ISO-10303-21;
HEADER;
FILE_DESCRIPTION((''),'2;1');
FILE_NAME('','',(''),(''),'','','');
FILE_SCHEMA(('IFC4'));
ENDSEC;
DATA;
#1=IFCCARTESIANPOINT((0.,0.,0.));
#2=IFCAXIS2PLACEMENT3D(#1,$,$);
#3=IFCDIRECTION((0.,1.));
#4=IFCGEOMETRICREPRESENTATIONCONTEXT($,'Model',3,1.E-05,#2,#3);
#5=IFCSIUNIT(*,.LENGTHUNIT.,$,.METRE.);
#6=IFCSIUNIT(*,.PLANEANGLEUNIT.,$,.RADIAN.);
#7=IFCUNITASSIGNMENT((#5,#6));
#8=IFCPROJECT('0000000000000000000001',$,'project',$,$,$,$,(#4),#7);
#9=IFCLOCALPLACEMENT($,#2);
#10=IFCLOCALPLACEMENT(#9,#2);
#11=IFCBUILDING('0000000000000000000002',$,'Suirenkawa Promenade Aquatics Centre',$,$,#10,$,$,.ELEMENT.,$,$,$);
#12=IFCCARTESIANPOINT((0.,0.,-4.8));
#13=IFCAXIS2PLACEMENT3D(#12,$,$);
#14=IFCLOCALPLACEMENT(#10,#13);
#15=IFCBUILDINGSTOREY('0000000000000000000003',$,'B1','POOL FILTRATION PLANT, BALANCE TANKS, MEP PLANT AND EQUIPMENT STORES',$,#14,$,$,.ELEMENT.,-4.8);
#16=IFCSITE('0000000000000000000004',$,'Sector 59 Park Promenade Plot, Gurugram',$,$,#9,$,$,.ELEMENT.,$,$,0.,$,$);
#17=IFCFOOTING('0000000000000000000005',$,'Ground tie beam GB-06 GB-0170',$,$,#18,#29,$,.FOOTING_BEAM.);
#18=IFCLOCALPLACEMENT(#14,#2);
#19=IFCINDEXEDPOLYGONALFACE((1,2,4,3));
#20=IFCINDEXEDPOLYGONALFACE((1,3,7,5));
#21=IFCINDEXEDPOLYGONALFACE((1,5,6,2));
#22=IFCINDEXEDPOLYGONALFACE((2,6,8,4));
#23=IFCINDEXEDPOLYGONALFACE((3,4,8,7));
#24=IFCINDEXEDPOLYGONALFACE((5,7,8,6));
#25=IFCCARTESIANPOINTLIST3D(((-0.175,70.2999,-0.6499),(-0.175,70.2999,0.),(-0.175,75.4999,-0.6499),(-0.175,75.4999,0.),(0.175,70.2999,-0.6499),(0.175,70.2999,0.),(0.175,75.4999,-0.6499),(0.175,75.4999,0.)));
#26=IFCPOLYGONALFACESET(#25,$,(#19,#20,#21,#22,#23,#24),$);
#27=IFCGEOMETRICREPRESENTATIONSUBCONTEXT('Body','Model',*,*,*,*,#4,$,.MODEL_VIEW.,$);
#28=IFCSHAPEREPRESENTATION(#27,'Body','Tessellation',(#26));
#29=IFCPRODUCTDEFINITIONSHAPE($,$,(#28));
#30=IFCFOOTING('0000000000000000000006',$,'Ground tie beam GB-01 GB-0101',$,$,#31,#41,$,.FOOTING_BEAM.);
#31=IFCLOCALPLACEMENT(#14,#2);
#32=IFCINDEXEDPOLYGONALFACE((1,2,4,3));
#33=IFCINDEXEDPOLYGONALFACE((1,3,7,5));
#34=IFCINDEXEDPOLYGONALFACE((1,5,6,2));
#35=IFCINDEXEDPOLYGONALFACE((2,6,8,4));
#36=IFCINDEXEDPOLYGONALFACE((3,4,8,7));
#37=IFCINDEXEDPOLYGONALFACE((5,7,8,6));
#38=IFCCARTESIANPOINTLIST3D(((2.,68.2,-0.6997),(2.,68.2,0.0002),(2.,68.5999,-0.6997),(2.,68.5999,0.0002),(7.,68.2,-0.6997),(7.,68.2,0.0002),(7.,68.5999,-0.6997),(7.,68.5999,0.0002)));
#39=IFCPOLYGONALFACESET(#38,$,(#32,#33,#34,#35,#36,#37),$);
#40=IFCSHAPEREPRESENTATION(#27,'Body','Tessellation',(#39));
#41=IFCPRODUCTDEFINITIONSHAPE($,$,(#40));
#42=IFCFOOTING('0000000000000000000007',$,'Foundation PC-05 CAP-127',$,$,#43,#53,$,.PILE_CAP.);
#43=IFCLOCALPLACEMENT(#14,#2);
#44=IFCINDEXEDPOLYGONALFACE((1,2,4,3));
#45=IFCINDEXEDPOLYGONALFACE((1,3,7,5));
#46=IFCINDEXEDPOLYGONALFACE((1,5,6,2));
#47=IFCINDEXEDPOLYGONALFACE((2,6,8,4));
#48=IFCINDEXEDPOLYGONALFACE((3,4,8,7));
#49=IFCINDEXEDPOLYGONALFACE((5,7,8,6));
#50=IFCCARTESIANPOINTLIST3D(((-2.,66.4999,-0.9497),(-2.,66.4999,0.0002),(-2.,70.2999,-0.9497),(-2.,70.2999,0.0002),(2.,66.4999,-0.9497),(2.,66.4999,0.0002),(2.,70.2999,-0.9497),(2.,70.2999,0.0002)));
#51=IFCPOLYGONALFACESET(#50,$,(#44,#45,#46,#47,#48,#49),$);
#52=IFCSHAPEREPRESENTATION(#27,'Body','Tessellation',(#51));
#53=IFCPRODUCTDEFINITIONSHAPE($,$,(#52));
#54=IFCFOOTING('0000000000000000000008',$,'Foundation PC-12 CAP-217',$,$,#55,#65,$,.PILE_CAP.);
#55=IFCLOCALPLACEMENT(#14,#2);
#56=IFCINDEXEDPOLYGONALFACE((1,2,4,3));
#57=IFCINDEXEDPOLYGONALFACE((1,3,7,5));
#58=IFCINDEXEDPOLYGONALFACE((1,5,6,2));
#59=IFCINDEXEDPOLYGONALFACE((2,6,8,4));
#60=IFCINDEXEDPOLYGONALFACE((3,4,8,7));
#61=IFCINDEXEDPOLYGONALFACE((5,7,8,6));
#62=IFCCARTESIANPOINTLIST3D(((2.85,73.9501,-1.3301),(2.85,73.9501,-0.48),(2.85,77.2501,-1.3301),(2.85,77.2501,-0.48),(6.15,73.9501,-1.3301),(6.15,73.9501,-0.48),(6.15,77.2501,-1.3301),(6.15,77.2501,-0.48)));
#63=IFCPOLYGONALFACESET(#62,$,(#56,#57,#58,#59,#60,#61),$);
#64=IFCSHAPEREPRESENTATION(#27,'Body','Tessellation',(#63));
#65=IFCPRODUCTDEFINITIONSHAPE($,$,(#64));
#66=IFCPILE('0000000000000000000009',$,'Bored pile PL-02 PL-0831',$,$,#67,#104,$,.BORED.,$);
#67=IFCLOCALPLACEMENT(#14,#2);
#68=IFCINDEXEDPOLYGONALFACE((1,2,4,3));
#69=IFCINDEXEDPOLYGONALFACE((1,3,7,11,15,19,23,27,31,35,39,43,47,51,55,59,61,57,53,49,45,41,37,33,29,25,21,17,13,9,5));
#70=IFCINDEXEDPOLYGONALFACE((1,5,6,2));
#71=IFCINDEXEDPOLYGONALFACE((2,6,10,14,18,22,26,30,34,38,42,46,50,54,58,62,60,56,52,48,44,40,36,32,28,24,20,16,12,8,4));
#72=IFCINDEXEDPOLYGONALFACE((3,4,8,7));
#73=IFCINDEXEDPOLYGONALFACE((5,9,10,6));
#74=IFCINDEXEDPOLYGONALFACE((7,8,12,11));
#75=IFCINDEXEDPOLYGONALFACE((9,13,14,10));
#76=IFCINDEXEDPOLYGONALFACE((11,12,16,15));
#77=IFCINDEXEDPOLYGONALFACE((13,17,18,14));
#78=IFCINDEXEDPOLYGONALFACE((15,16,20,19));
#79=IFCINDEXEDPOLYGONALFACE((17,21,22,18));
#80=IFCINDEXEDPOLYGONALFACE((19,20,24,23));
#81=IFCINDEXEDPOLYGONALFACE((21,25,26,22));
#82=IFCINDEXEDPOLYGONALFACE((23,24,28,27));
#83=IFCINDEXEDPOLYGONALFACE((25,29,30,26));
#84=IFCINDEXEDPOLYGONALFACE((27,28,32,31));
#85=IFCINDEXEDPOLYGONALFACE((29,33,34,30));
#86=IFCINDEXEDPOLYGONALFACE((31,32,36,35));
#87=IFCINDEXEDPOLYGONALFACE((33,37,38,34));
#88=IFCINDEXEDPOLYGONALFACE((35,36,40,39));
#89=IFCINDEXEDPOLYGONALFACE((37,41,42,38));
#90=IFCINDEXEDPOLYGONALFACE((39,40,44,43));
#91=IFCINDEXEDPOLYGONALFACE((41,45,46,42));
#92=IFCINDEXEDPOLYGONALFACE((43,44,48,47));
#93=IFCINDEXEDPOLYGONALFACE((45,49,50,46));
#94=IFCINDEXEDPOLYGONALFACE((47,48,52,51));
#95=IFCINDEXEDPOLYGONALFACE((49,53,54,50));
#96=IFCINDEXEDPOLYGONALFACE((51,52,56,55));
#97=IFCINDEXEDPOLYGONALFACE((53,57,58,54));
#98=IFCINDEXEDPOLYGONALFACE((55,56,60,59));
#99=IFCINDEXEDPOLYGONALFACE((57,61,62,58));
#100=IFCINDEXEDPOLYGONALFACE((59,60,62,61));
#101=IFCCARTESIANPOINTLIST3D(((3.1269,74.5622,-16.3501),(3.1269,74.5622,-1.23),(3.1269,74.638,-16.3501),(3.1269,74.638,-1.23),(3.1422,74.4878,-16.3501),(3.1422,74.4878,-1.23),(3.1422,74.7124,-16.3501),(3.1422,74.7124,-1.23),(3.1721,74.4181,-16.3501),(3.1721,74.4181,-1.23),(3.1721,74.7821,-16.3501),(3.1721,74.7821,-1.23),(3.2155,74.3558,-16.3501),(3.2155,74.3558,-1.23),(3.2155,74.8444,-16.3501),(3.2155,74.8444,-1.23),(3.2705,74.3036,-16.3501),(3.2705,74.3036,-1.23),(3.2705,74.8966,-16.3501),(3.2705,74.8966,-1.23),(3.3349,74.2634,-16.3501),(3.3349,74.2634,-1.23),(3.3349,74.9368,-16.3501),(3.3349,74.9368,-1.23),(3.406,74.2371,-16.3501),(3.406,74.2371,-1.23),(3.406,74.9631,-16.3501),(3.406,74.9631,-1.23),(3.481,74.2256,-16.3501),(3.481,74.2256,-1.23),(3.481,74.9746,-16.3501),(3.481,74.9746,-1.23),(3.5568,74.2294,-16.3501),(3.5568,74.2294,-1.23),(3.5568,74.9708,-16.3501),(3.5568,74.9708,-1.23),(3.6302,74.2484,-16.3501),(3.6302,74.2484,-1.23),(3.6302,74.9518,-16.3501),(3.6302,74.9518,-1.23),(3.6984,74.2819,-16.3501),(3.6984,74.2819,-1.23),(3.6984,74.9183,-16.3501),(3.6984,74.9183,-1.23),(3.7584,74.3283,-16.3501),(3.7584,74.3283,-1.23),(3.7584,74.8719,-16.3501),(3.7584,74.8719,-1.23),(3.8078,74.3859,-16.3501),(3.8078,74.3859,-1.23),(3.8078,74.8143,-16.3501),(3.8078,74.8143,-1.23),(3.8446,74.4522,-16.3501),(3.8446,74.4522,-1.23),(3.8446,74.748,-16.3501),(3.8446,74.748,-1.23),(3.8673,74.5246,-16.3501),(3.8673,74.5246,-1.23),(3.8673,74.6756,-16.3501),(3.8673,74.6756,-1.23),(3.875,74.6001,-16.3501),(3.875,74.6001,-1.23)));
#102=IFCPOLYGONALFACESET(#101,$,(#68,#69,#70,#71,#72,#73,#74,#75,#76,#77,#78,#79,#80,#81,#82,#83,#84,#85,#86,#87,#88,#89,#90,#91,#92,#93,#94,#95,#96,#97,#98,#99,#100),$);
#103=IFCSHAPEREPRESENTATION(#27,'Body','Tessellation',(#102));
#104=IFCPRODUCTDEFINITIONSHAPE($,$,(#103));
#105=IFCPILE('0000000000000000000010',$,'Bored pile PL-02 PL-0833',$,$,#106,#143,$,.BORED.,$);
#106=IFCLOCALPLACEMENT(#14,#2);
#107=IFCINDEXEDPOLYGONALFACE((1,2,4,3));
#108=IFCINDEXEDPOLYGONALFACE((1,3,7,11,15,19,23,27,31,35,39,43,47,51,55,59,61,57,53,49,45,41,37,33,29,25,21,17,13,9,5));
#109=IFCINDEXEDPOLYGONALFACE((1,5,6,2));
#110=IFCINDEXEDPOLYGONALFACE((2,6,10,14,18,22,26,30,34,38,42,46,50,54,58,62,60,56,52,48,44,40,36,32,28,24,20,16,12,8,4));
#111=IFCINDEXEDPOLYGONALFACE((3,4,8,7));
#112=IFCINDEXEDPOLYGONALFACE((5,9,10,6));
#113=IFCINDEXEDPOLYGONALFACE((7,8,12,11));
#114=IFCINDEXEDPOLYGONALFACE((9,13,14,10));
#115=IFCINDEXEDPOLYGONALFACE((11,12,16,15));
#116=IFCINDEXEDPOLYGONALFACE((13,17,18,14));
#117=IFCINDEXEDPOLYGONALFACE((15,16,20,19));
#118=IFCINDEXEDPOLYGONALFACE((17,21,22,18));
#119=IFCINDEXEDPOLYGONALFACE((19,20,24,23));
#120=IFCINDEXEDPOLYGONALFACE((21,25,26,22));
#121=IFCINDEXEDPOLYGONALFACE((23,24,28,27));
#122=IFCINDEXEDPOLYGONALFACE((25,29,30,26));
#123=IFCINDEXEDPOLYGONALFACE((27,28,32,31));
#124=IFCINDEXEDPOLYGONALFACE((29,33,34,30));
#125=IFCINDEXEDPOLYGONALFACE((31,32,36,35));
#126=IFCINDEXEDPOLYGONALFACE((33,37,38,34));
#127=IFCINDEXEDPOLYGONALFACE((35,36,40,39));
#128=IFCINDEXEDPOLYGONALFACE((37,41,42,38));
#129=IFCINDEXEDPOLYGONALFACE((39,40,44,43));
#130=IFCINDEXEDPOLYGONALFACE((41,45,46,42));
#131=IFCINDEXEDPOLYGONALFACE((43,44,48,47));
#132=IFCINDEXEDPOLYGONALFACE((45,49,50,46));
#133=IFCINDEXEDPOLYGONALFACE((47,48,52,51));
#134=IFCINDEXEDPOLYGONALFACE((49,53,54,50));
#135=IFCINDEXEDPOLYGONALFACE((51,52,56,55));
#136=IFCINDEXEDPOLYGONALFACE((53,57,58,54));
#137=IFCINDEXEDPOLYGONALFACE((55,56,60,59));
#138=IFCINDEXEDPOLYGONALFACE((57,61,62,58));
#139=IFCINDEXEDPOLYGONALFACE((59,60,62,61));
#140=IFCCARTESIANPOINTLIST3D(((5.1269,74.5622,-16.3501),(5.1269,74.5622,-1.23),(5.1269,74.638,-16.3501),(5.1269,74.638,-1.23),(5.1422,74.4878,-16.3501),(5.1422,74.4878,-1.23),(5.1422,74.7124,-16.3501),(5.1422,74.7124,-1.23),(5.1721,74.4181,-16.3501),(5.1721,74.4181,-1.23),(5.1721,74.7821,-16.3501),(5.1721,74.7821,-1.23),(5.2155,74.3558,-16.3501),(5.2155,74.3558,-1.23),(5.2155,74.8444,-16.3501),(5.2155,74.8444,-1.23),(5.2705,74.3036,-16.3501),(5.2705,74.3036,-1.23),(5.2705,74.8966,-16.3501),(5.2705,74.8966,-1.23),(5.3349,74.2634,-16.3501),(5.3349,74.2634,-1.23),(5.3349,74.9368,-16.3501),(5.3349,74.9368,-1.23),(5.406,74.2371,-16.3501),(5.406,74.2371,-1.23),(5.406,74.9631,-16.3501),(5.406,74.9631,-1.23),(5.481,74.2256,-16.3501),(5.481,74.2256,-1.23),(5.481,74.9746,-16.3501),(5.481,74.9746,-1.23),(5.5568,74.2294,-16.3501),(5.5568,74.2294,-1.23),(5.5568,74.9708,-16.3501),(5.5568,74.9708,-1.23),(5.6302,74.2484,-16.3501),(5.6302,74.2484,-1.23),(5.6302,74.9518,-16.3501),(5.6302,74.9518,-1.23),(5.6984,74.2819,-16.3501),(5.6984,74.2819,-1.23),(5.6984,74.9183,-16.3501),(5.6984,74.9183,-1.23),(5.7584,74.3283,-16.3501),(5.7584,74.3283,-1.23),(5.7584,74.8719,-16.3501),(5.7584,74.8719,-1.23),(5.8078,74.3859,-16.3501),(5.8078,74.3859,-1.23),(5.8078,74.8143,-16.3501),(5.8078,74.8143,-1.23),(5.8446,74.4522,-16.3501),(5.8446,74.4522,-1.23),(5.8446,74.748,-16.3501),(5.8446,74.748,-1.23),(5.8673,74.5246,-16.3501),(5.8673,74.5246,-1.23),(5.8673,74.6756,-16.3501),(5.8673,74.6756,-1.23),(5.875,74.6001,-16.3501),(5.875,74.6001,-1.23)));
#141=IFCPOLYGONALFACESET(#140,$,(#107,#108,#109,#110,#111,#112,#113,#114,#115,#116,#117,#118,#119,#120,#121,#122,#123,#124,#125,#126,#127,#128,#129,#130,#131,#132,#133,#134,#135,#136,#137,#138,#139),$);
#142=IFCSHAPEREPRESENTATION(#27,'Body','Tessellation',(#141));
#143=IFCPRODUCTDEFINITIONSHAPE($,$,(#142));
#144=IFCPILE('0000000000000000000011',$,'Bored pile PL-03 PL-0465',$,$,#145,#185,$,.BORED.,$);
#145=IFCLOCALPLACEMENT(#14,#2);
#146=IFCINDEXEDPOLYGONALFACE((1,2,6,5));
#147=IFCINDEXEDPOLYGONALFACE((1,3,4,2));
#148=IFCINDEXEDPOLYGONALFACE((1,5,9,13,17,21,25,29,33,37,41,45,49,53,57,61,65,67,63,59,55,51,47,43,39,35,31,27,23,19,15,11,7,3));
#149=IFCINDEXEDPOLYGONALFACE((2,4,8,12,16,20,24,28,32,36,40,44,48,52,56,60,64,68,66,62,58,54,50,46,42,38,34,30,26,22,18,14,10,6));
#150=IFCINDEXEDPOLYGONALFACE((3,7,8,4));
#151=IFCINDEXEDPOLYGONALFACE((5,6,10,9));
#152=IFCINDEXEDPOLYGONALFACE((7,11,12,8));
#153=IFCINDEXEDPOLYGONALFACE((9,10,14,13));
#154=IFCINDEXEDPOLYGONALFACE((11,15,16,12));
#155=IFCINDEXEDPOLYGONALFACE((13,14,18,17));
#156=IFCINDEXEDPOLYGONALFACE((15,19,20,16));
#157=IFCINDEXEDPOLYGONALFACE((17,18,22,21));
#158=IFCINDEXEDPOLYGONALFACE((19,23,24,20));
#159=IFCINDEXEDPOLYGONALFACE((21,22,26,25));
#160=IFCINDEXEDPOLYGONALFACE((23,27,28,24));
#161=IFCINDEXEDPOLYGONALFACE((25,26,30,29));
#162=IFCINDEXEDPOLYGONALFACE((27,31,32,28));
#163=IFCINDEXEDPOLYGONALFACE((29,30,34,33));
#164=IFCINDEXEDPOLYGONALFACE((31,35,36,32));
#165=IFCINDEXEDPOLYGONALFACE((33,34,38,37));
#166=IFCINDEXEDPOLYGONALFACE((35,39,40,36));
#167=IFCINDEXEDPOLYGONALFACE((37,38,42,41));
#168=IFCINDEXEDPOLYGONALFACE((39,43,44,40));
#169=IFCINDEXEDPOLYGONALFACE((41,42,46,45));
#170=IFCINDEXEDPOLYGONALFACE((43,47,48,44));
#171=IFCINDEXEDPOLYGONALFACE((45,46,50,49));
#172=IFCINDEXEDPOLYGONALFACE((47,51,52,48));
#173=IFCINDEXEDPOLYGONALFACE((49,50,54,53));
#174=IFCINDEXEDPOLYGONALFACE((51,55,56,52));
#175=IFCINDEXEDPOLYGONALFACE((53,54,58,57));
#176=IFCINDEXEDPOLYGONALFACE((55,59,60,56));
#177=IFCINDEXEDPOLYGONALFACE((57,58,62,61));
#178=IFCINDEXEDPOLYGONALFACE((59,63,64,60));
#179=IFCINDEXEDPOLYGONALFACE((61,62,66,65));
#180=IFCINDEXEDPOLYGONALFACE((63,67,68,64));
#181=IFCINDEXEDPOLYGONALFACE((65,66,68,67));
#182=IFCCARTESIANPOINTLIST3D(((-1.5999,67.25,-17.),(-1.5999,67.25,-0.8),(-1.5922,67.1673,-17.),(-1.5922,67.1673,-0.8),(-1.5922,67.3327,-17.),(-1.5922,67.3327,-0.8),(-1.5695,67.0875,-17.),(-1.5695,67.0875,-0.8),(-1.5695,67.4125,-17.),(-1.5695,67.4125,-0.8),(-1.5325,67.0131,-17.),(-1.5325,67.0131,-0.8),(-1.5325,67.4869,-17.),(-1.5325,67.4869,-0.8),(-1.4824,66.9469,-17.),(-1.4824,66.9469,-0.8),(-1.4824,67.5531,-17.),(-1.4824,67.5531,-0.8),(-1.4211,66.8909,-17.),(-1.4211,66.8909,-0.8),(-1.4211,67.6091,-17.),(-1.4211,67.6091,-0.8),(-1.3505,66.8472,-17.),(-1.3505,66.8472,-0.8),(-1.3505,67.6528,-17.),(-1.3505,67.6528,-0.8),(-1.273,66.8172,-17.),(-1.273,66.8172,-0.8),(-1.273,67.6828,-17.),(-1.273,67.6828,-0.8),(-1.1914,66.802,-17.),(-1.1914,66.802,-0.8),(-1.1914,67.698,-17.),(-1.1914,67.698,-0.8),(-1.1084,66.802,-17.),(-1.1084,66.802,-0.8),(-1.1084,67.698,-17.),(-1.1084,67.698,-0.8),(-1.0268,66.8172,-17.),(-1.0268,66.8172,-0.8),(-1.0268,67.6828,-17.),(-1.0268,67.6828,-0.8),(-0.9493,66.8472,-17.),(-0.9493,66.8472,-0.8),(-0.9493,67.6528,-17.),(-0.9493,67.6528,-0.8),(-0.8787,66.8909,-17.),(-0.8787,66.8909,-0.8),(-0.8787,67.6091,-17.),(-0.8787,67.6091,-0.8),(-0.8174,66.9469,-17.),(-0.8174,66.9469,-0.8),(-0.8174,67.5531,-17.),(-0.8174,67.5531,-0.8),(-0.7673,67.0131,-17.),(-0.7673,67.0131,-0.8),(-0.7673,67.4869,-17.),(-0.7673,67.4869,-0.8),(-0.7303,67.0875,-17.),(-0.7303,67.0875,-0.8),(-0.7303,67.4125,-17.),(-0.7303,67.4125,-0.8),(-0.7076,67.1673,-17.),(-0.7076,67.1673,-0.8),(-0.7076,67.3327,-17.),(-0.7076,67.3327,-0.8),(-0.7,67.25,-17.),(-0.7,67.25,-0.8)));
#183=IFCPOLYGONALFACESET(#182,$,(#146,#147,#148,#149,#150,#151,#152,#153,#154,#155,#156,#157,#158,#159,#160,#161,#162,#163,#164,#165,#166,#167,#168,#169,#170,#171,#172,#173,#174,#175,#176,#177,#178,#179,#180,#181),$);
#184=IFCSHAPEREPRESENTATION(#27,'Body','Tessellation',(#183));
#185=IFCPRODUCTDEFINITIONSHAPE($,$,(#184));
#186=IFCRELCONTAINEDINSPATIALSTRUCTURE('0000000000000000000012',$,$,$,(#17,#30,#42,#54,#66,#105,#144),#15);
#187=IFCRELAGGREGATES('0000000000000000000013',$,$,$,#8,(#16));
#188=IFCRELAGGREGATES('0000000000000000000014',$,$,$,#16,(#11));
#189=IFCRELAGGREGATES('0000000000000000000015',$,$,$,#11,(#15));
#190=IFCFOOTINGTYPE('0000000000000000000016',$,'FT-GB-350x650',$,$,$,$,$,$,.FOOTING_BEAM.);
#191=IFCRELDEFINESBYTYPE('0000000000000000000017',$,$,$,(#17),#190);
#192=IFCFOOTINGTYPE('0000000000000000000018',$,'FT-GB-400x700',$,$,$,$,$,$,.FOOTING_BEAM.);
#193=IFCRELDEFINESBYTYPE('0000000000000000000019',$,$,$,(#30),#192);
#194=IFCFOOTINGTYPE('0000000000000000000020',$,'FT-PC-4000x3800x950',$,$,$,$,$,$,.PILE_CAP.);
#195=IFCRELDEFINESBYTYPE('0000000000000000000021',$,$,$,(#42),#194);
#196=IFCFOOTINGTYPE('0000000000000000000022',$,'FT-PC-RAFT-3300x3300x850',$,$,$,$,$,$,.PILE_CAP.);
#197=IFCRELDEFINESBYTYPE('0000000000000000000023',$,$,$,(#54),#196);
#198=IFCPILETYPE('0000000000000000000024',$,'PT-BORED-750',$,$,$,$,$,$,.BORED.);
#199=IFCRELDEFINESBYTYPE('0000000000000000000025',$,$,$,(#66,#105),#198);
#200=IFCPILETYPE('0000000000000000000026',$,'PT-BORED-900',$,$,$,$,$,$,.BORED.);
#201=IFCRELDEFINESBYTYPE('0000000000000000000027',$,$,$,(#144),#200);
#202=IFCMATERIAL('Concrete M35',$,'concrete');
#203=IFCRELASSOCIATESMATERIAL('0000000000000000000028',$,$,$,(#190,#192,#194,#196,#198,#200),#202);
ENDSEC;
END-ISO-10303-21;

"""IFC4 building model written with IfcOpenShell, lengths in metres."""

from ifc_helpers import new_model, si_unit, direction, frame, origin, origin_2d, place, context, subcontext, project, spatial, rectangle, circle, extrude, material, material_profile, profile_set, type_object, element, save


model = new_model("IFC4")

# Units and contexts
model_context = context("Model", 3, precision=1e-05, world=origin(), true_north=direction((0.0, 1.0)))
body_context = subcontext(model_context, "Body", "Model", "MODEL_VIEW")
ifc_project = project(units=[si_unit("LENGTHUNIT", "METRE"), si_unit("PLANEANGLEUNIT", "RADIAN")], contexts=[model_context])

# Site, building, storey
site_placement = place(None, origin())
site = spatial("IfcSite", under=ifc_project, at=site_placement, Name="Sector 59 Park Promenade Plot, Gurugram", CompositionType="ELEMENT", RefElevation=0.0)
building_placement = place(site_placement, origin())
building = spatial("IfcBuilding", under=site, at=building_placement, Name="Suirenkawa Promenade Aquatics Centre", CompositionType="ELEMENT")
storey_placement = place(building_placement, frame((0.0, 0.0, -4.8)))
storey = spatial("IfcBuildingStorey", under=building, at=storey_placement, Name="B1", Description="POOL FILTRATION PLANT, BALANCE TANKS, MEP PLANT AND EQUIPMENT STORES", CompositionType="ELEMENT", Elevation=-4.8)

# Footings
ifc_material_1 = material(Name="Concrete M35", Category="concrete")
footing_type_1 = type_object("IfcFootingType", Name="FT-GB-350x650", PredefinedType="FOOTING_BEAM", material=ifc_material_1)
footing_1_placement = place(storey_placement, frame((0.0, 72.8999, -0.6499), z_axis=(0.0, 0.0, 1.0), x_axis=(0.0, 1.0, 0.0)))
element("IfcFooting", 1, at=footing_1_placement, inside=storey, type_object=footing_type_1, Name="Ground tie beam GB-06 GB-0170", PredefinedType="FOOTING_BEAM", context=body_context, shape_type="SweptSolid", body=[
    extrude(rectangle(XDim=5.2, YDim=0.3501, at=origin_2d()), origin(), (0.0, 0.0, 1.0), 0.6499),
])
footing_type_2 = type_object("IfcFootingType", Name="FT-GB-400x700", PredefinedType="FOOTING_BEAM", material=ifc_material_1)
footing_2_placement = place(storey_placement, frame((4.5, 68.3999, -0.6997), z_axis=(0.0, 0.0, 1.0), x_axis=(1.0, 0.0, 0.0)))
element("IfcFooting", 2, at=footing_2_placement, inside=storey, type_object=footing_type_2, Name="Ground tie beam GB-01 GB-0101", PredefinedType="FOOTING_BEAM", context=body_context, shape_type="SweptSolid", body=[
    extrude(rectangle(XDim=5.0, YDim=0.3999, at=origin_2d()), origin(), (0.0, 0.0, 1.0), 0.7),
])
footing_type_3 = type_object("IfcFootingType", Name="FT-PC-4000x3800x950", PredefinedType="PILE_CAP", material=ifc_material_1)
footing_3_placement = place(storey_placement, frame((0.0, 68.3999, -0.9497), z_axis=(0.0, 0.0, 1.0), x_axis=(1.0, 0.0, 0.0)))
element("IfcFooting", 3, at=footing_3_placement, inside=storey, type_object=footing_type_3, Name="Foundation PC-05 CAP-127", PredefinedType="PILE_CAP", context=body_context, shape_type="SweptSolid", body=[
    extrude(rectangle(XDim=4.0, YDim=3.8, at=origin_2d()), origin(), (0.0, 0.0, 1.0), 0.95),
])
footing_type_4 = type_object("IfcFootingType", Name="FT-PC-RAFT-3300x3300x850", PredefinedType="PILE_CAP", material=ifc_material_1)
footing_4_placement = place(storey_placement, frame((4.5, 75.6001, -1.3301), z_axis=(0.0, 0.0, 1.0), x_axis=(1.0, 0.0, 0.0)))
element("IfcFooting", 4, at=footing_4_placement, inside=storey, type_object=footing_type_4, Name="Foundation PC-12 CAP-217", PredefinedType="PILE_CAP", context=body_context, shape_type="SweptSolid", body=[
    extrude(rectangle(XDim=3.3, YDim=3.3, at=origin_2d()), origin(), (0.0, 0.0, 1.0), 0.8501),
])

# Piles
ifc_material_profile_1 = material_profile(ifc_material_1, circle(Radius=0.375, at=origin_2d()), Name="PILE D750", Category="concrete")
ifc_profile_set_1 = profile_set([ifc_material_profile_1], Name="Concrete M35")
pile_type_1 = type_object("IfcPileType", Name="PT-BORED-750", PredefinedType="BORED", material=ifc_profile_set_1)
for number, where, z_axis, x_axis, name in (
    (5, (3.5, 74.6001, -1.23), (0.0, 0.0, -1.0), (1.0, 0.0, 0.0), "Bored pile PL-02 PL-0831"),
    (6, (5.5, 74.6001, -1.23), (0.0, 0.0, -1.0), (1.0, 0.0, 0.0), "Bored pile PL-02 PL-0833"),
):
    element("IfcPile", number, at=place(storey_placement, frame(where, z_axis=z_axis, x_axis=x_axis)), inside=storey, type_object=pile_type_1, Name=name, PredefinedType="BORED", context=body_context, shape_type="SweptSolid", body=[
        extrude(circle(Radius=0.375, at=origin_2d()), origin(), (0.0, 0.0, 1.0), 15.1201),
    ])
ifc_material_profile_2 = material_profile(ifc_material_1, circle(Radius=0.45, at=origin_2d()), Name="PILE D900", Category="concrete")
ifc_profile_set_2 = profile_set([ifc_material_profile_2], Name="Concrete M35")
pile_type_2 = type_object("IfcPileType", Name="PT-BORED-900", PredefinedType="BORED", material=ifc_profile_set_2)
for number, where, z_axis, x_axis, name in (
    (7, (-1.1499, 67.25, -0.8), (0.0, 0.0, -1.0), (1.0, 0.0, 0.0), "Bored pile PL-03 PL-0465"),
):
    element("IfcPile", number, at=place(storey_placement, frame(where, z_axis=z_axis, x_axis=x_axis)), inside=storey, type_object=pile_type_2, Name=name, PredefinedType="BORED", context=body_context, shape_type="SweptSolid", body=[
        extrude(circle(Radius=0.45, at=origin_2d()), origin(), (0.0, 0.0, 1.0), 16.2),
    ])

save(model, "model.ifc")
